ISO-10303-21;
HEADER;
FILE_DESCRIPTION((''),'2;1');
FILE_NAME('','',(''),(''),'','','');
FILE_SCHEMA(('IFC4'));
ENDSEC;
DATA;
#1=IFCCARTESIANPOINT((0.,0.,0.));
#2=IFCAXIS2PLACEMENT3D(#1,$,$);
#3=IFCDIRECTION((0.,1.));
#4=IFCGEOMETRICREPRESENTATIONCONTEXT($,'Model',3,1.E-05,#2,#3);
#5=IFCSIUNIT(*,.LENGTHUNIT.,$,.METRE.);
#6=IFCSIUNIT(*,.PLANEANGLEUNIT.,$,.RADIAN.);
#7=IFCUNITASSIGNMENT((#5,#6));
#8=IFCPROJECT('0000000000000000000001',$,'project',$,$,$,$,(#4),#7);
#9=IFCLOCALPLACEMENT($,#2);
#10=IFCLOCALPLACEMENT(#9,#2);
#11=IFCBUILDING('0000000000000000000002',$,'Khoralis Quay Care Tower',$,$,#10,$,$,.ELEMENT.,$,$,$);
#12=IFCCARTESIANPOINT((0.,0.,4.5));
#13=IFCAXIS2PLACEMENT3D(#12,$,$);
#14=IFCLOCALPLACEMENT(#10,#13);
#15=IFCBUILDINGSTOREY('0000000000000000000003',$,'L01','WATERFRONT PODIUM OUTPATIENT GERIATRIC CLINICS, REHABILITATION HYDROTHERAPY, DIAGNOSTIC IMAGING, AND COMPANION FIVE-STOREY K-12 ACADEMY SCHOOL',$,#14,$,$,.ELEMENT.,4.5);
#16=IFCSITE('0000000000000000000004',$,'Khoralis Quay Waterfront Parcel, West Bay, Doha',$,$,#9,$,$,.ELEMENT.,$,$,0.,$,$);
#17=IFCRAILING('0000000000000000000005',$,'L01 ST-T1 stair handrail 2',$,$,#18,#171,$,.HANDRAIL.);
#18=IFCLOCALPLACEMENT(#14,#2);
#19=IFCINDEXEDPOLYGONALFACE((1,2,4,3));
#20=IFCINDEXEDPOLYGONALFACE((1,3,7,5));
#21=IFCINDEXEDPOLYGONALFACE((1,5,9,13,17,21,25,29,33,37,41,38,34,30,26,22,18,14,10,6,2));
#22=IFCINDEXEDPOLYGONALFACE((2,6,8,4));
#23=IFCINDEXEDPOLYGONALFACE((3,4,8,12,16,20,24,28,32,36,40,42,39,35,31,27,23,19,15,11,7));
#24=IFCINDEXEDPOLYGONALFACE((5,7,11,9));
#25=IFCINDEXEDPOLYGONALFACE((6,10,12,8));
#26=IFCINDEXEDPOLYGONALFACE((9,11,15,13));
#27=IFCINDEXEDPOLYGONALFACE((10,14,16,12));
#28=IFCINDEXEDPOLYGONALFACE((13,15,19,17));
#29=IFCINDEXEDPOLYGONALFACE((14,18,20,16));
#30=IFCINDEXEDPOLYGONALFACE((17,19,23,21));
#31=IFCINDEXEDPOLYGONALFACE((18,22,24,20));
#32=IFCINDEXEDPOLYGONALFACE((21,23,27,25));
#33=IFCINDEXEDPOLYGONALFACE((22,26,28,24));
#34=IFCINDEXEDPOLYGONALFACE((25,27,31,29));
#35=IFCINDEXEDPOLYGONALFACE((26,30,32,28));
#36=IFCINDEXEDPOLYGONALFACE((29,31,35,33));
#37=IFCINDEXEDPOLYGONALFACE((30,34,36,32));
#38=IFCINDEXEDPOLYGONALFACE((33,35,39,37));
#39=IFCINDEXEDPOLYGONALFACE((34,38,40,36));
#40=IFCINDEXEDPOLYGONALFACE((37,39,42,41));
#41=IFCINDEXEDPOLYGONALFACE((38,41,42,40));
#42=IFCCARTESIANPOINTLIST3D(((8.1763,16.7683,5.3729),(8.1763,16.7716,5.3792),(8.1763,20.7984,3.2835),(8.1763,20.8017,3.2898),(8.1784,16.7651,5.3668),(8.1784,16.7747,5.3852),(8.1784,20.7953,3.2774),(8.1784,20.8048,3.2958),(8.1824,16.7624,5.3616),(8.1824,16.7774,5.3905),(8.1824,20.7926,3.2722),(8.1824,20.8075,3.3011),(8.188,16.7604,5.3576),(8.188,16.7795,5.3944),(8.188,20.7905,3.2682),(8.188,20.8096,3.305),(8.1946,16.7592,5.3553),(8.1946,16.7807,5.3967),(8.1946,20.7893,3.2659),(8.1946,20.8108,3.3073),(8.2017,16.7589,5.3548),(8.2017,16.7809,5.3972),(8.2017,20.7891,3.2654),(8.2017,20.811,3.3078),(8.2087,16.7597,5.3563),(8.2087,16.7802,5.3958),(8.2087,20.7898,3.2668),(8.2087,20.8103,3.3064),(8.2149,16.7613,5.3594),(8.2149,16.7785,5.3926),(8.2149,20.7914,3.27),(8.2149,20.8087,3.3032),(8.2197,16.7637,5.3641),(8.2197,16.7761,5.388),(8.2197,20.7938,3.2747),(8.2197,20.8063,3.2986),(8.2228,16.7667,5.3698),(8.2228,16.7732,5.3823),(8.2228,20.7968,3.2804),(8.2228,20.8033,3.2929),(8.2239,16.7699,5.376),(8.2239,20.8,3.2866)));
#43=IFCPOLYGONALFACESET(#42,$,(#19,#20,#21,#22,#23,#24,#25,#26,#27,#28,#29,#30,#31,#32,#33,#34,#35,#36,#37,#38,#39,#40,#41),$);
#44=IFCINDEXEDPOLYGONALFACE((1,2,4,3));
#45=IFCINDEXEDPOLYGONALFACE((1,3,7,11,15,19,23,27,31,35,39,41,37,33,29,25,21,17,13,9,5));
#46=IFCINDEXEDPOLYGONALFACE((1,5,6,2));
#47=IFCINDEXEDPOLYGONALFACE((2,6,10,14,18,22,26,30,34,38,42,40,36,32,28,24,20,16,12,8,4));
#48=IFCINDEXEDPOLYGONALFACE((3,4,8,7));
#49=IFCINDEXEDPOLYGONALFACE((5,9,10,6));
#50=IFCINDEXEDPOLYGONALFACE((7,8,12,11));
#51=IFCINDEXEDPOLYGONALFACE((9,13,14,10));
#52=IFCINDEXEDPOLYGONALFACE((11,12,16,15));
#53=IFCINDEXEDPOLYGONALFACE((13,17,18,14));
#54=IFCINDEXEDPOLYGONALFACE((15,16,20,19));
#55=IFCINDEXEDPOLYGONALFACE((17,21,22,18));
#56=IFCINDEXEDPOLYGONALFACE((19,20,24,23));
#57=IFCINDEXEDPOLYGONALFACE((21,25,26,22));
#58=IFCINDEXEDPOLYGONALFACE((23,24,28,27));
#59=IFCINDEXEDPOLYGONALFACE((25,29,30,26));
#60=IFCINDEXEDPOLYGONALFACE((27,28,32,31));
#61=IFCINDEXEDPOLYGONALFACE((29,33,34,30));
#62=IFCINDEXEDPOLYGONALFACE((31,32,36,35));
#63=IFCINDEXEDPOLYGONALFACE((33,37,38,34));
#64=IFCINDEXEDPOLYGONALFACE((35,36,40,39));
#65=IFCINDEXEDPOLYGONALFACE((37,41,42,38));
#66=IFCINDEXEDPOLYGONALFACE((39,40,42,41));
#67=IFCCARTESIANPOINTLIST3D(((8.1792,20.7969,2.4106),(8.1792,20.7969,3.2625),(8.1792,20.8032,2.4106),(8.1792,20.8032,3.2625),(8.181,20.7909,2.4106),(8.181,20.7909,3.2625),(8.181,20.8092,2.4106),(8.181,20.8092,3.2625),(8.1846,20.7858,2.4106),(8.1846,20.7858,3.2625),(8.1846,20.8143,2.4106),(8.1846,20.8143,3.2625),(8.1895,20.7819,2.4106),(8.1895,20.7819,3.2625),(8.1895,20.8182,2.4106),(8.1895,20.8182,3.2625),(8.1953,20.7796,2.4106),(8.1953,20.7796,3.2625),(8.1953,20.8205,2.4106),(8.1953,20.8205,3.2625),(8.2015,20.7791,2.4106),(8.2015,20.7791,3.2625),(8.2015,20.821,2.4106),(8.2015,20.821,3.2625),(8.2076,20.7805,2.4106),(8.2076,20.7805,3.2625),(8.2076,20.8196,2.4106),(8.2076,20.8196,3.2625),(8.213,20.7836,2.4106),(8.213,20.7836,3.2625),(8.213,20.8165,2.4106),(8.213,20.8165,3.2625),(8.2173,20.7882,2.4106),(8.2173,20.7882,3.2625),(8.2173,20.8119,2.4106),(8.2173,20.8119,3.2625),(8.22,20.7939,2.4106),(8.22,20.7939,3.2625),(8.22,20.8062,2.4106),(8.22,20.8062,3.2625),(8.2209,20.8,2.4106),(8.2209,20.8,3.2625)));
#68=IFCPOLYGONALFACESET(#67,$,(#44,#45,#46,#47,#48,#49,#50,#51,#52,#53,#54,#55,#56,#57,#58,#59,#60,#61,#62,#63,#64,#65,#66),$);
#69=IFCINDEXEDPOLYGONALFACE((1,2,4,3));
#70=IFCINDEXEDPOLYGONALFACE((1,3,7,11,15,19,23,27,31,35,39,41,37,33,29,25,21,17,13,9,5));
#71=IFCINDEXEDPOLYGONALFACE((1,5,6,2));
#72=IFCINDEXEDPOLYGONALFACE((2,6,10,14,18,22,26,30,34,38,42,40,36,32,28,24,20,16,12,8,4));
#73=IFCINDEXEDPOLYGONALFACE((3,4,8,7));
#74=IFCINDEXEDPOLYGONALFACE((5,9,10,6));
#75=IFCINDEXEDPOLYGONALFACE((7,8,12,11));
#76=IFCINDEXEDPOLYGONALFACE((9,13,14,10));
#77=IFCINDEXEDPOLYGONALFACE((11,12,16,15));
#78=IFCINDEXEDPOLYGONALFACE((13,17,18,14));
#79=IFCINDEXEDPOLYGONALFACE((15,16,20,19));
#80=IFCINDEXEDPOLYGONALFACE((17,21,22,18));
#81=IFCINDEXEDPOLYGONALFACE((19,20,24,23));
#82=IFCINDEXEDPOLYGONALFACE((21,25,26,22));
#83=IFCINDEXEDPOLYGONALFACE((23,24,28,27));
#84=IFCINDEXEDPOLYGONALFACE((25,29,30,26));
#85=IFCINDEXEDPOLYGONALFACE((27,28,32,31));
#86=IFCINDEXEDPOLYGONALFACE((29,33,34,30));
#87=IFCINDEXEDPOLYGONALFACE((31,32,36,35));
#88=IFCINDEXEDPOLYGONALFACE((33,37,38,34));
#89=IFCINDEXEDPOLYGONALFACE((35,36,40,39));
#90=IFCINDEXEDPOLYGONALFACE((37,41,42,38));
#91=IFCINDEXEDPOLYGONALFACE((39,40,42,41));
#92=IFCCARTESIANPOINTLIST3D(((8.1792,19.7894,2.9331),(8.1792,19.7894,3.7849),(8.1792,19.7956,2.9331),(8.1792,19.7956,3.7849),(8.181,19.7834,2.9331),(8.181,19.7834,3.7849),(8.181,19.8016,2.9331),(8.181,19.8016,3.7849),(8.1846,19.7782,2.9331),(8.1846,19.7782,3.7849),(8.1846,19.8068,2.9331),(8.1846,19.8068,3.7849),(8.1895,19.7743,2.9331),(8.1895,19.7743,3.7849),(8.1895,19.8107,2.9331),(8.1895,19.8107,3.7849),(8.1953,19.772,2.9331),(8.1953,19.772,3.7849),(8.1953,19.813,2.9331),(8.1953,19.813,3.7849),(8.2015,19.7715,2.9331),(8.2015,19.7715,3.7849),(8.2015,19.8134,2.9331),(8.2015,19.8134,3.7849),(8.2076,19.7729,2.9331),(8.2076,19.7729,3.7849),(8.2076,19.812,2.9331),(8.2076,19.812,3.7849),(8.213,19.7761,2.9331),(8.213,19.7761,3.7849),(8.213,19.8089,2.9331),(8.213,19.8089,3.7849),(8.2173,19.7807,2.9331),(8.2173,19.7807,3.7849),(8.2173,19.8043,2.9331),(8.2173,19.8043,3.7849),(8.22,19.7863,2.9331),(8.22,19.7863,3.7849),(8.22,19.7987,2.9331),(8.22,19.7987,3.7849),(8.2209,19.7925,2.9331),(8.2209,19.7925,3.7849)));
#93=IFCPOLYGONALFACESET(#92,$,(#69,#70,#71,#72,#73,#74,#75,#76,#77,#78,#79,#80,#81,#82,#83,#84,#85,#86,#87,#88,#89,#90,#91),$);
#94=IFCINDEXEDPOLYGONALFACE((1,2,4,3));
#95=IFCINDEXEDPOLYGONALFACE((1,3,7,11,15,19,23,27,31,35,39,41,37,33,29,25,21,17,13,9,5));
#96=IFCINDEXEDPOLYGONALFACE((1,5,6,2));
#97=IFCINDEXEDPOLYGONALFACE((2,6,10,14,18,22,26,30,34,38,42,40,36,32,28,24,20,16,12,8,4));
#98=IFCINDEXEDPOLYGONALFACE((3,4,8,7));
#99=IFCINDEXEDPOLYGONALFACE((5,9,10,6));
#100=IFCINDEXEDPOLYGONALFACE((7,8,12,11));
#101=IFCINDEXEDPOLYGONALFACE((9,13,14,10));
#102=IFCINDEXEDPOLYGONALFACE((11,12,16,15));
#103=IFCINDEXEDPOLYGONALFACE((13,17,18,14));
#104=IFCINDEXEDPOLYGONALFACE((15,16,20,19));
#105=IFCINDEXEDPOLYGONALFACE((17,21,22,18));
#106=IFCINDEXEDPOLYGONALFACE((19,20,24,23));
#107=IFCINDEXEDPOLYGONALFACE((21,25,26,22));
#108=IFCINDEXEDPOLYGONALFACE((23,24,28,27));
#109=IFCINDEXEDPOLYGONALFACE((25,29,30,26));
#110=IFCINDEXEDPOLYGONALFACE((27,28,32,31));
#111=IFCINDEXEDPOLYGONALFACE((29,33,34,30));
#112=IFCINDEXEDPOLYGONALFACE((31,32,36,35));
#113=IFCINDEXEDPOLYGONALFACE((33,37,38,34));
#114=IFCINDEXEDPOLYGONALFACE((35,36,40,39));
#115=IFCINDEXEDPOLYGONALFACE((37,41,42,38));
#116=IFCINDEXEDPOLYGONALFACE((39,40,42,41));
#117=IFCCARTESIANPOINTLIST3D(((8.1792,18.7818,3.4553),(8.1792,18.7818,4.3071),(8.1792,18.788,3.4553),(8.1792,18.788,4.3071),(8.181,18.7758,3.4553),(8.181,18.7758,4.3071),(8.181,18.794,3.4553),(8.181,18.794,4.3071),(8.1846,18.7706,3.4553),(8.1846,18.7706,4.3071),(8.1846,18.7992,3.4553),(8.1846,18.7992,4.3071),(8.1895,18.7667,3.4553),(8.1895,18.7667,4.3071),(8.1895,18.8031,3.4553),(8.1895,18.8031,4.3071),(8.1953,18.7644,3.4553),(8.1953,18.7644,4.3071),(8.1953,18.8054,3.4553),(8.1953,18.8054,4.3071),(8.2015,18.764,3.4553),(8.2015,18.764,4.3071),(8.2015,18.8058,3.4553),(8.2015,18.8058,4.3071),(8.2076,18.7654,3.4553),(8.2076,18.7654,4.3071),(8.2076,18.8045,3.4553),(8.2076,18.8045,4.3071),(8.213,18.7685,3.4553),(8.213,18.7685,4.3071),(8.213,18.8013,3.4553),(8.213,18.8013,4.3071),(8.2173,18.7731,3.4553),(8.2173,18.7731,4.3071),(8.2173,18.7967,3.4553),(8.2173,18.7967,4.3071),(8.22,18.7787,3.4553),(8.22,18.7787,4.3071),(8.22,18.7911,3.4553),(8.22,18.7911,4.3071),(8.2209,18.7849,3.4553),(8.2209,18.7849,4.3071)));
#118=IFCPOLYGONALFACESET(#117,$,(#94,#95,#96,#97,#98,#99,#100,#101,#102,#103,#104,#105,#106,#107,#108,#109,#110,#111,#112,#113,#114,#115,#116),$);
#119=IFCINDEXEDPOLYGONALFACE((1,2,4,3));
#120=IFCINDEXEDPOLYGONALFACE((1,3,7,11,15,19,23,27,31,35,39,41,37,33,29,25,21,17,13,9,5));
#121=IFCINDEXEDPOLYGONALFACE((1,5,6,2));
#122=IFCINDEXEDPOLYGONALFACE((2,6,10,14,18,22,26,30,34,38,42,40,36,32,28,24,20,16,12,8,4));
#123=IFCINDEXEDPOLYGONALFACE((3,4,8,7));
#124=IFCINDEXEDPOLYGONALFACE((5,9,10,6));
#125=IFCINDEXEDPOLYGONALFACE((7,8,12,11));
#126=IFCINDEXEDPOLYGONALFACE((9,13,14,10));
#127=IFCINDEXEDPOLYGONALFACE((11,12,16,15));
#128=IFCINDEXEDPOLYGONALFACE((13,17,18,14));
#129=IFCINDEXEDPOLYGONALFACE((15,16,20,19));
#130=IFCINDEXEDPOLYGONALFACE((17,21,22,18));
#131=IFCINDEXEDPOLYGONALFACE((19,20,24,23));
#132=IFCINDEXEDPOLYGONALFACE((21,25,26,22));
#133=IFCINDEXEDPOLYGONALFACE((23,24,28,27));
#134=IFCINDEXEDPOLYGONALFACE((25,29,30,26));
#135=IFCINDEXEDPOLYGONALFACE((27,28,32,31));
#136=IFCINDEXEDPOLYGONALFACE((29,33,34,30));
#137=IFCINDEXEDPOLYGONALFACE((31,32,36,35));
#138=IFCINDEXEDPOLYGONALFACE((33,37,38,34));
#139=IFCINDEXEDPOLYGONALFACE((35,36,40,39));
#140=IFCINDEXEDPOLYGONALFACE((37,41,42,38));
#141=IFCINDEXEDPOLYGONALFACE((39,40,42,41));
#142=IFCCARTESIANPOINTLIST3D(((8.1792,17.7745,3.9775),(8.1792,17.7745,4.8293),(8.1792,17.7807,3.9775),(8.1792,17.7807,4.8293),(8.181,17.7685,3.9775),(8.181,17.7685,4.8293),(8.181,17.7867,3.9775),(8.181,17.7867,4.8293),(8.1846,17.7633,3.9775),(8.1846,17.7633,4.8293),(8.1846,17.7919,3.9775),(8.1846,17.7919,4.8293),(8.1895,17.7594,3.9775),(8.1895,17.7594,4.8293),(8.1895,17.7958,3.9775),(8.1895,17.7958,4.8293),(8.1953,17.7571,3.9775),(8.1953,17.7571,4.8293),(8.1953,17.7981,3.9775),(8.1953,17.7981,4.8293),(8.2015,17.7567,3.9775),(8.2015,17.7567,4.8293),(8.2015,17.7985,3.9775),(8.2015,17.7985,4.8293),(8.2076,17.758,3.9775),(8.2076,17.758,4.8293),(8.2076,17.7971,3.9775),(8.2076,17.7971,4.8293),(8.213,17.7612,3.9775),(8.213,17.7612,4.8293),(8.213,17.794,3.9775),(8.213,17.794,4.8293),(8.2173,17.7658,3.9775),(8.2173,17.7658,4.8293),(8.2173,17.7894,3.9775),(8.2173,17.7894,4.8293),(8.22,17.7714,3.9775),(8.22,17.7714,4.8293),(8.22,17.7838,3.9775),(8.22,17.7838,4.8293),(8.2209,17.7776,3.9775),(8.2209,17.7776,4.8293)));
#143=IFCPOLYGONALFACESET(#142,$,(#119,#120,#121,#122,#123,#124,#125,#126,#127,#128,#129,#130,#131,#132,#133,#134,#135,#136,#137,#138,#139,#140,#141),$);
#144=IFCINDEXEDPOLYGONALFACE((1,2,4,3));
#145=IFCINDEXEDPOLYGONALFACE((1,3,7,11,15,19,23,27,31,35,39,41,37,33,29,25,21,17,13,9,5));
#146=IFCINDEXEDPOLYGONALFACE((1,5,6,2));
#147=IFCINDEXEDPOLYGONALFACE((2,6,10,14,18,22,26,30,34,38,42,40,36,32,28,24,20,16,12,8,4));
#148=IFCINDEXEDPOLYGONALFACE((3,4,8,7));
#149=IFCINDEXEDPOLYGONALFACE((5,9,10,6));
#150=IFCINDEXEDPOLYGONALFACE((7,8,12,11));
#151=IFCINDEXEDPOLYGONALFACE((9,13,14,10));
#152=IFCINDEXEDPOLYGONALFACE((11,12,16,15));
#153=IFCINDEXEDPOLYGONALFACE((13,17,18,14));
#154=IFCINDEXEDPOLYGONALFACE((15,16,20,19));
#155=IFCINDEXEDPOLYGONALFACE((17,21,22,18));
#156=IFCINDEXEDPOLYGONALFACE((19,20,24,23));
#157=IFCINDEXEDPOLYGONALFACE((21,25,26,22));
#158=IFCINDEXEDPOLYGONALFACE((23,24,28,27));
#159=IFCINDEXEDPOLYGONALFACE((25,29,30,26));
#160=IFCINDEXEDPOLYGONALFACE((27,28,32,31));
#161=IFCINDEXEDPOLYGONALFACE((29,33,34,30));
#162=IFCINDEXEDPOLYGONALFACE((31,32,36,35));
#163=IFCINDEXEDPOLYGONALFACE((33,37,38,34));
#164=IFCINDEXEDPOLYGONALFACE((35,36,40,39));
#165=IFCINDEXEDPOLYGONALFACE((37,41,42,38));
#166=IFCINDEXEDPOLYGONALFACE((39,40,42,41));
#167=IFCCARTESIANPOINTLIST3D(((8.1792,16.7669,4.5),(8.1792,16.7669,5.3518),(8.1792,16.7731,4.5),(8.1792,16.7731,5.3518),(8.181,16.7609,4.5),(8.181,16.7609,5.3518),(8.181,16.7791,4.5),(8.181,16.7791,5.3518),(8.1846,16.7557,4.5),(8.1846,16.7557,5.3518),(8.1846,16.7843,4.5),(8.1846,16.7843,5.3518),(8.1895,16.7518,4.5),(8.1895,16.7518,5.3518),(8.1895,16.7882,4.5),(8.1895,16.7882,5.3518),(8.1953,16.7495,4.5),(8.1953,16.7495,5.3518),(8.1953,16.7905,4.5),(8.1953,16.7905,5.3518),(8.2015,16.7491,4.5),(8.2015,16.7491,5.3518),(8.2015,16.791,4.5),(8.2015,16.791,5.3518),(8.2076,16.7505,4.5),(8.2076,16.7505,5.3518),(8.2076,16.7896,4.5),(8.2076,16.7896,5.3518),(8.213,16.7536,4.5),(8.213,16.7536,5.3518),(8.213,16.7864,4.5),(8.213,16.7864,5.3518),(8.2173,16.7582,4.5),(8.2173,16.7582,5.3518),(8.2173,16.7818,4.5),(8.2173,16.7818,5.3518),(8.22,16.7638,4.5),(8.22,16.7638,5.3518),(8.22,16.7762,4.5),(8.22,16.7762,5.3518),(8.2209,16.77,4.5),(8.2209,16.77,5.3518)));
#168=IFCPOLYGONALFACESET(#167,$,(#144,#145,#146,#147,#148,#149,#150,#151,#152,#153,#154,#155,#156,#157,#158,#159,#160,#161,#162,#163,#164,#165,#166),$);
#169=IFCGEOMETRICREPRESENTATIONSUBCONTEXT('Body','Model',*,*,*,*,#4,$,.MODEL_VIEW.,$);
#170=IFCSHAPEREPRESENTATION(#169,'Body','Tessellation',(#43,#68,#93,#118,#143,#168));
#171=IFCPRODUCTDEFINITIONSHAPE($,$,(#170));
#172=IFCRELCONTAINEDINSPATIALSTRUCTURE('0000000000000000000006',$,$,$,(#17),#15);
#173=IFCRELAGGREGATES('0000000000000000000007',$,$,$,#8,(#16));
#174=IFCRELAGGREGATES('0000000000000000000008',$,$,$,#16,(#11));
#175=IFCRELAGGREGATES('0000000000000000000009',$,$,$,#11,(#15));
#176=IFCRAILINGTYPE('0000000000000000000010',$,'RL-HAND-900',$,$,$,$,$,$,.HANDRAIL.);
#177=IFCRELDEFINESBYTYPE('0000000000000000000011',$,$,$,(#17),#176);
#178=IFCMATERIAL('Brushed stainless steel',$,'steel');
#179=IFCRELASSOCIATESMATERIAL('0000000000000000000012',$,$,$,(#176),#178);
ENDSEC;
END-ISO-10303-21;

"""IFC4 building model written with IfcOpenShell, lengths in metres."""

from ifc_helpers import new_model, si_unit, direction, frame, origin, origin_2d, place, context, subcontext, project, spatial, circle, extrude, material, type_object, element, save


model = new_model("IFC4")

# Units and contexts
model_context = context("Model", 3, precision=1e-05, world=origin(), true_north=direction((0.0, 1.0)))
body_context = subcontext(model_context, "Body", "Model", "MODEL_VIEW")
ifc_project = project(units=[si_unit("LENGTHUNIT", "METRE"), si_unit("PLANEANGLEUNIT", "RADIAN")], contexts=[model_context])

# Site, building, storey
site_placement = place(None, origin())
site = spatial("IfcSite", under=ifc_project, at=site_placement, Name="Khoralis Quay Waterfront Parcel, West Bay, Doha", CompositionType="ELEMENT", RefElevation=0.0)
building_placement = place(site_placement, origin())
building = spatial("IfcBuilding", under=site, at=building_placement, Name="Khoralis Quay Care Tower", CompositionType="ELEMENT")
storey_placement = place(building_placement, frame((0.0, 0.0, 4.5)))
storey = spatial("IfcBuildingStorey", under=building, at=storey_placement, Name="L01", Description="WATERFRONT PODIUM OUTPATIENT GERIATRIC CLINICS, REHABILITATION HYDROTHERAPY, DIAGNOSTIC IMAGING, AND COMPANION FIVE-STOREY K-12 ACADEMY SCHOOL", CompositionType="ELEMENT", Elevation=4.5)

# Shared definitions
ifc_material_1 = material(Name="Brushed stainless steel", Category="steel")

# Railing
railing_type = type_object("IfcRailingType", Name="RL-HAND-900", PredefinedType="HANDRAIL", material=ifc_material_1)
railing_placement = place(storey_placement, frame((8.2, 20.8, 2.4106)))
element("IfcRailing", 1, at=railing_placement, inside=storey, type_object=railing_type, Name="L01 ST-T1 stair handrail 2", PredefinedType="HANDRAIL", context=body_context, shape_type="SweptSolid", body=[
    extrude(circle(Radius=0.0239, at=origin_2d()), frame((0.0, 0.0, 0.876), z_axis=(0.0, -0.887781, 0.460267), x_axis=(1.0, 0.0, 0.0)), (0.0, 0.0, 1.0), 4.5396),
    extrude(circle(Radius=0.021, at=origin_2d()), origin(), (0.0, 0.0, 1.0), 0.8518),
    extrude(circle(Radius=0.021, at=origin_2d()), frame((0.0, -1.0076, 0.5225)), (0.0, 0.0, 1.0), 0.8518),
    extrude(circle(Radius=0.021, at=origin_2d()), frame((0.0, -2.0151, 1.0447)), (0.0, 0.0, 1.0), 0.8518),
    extrude(circle(Radius=0.021, at=origin_2d()), frame((0.0, -3.0225, 1.5669)), (0.0, 0.0, 1.0), 0.8518),
    extrude(circle(Radius=0.021, at=origin_2d()), frame((0.0, -4.03, 2.0894)), (0.0, 0.0, 1.0), 0.8518),
])

save(model, "model.ifc")
